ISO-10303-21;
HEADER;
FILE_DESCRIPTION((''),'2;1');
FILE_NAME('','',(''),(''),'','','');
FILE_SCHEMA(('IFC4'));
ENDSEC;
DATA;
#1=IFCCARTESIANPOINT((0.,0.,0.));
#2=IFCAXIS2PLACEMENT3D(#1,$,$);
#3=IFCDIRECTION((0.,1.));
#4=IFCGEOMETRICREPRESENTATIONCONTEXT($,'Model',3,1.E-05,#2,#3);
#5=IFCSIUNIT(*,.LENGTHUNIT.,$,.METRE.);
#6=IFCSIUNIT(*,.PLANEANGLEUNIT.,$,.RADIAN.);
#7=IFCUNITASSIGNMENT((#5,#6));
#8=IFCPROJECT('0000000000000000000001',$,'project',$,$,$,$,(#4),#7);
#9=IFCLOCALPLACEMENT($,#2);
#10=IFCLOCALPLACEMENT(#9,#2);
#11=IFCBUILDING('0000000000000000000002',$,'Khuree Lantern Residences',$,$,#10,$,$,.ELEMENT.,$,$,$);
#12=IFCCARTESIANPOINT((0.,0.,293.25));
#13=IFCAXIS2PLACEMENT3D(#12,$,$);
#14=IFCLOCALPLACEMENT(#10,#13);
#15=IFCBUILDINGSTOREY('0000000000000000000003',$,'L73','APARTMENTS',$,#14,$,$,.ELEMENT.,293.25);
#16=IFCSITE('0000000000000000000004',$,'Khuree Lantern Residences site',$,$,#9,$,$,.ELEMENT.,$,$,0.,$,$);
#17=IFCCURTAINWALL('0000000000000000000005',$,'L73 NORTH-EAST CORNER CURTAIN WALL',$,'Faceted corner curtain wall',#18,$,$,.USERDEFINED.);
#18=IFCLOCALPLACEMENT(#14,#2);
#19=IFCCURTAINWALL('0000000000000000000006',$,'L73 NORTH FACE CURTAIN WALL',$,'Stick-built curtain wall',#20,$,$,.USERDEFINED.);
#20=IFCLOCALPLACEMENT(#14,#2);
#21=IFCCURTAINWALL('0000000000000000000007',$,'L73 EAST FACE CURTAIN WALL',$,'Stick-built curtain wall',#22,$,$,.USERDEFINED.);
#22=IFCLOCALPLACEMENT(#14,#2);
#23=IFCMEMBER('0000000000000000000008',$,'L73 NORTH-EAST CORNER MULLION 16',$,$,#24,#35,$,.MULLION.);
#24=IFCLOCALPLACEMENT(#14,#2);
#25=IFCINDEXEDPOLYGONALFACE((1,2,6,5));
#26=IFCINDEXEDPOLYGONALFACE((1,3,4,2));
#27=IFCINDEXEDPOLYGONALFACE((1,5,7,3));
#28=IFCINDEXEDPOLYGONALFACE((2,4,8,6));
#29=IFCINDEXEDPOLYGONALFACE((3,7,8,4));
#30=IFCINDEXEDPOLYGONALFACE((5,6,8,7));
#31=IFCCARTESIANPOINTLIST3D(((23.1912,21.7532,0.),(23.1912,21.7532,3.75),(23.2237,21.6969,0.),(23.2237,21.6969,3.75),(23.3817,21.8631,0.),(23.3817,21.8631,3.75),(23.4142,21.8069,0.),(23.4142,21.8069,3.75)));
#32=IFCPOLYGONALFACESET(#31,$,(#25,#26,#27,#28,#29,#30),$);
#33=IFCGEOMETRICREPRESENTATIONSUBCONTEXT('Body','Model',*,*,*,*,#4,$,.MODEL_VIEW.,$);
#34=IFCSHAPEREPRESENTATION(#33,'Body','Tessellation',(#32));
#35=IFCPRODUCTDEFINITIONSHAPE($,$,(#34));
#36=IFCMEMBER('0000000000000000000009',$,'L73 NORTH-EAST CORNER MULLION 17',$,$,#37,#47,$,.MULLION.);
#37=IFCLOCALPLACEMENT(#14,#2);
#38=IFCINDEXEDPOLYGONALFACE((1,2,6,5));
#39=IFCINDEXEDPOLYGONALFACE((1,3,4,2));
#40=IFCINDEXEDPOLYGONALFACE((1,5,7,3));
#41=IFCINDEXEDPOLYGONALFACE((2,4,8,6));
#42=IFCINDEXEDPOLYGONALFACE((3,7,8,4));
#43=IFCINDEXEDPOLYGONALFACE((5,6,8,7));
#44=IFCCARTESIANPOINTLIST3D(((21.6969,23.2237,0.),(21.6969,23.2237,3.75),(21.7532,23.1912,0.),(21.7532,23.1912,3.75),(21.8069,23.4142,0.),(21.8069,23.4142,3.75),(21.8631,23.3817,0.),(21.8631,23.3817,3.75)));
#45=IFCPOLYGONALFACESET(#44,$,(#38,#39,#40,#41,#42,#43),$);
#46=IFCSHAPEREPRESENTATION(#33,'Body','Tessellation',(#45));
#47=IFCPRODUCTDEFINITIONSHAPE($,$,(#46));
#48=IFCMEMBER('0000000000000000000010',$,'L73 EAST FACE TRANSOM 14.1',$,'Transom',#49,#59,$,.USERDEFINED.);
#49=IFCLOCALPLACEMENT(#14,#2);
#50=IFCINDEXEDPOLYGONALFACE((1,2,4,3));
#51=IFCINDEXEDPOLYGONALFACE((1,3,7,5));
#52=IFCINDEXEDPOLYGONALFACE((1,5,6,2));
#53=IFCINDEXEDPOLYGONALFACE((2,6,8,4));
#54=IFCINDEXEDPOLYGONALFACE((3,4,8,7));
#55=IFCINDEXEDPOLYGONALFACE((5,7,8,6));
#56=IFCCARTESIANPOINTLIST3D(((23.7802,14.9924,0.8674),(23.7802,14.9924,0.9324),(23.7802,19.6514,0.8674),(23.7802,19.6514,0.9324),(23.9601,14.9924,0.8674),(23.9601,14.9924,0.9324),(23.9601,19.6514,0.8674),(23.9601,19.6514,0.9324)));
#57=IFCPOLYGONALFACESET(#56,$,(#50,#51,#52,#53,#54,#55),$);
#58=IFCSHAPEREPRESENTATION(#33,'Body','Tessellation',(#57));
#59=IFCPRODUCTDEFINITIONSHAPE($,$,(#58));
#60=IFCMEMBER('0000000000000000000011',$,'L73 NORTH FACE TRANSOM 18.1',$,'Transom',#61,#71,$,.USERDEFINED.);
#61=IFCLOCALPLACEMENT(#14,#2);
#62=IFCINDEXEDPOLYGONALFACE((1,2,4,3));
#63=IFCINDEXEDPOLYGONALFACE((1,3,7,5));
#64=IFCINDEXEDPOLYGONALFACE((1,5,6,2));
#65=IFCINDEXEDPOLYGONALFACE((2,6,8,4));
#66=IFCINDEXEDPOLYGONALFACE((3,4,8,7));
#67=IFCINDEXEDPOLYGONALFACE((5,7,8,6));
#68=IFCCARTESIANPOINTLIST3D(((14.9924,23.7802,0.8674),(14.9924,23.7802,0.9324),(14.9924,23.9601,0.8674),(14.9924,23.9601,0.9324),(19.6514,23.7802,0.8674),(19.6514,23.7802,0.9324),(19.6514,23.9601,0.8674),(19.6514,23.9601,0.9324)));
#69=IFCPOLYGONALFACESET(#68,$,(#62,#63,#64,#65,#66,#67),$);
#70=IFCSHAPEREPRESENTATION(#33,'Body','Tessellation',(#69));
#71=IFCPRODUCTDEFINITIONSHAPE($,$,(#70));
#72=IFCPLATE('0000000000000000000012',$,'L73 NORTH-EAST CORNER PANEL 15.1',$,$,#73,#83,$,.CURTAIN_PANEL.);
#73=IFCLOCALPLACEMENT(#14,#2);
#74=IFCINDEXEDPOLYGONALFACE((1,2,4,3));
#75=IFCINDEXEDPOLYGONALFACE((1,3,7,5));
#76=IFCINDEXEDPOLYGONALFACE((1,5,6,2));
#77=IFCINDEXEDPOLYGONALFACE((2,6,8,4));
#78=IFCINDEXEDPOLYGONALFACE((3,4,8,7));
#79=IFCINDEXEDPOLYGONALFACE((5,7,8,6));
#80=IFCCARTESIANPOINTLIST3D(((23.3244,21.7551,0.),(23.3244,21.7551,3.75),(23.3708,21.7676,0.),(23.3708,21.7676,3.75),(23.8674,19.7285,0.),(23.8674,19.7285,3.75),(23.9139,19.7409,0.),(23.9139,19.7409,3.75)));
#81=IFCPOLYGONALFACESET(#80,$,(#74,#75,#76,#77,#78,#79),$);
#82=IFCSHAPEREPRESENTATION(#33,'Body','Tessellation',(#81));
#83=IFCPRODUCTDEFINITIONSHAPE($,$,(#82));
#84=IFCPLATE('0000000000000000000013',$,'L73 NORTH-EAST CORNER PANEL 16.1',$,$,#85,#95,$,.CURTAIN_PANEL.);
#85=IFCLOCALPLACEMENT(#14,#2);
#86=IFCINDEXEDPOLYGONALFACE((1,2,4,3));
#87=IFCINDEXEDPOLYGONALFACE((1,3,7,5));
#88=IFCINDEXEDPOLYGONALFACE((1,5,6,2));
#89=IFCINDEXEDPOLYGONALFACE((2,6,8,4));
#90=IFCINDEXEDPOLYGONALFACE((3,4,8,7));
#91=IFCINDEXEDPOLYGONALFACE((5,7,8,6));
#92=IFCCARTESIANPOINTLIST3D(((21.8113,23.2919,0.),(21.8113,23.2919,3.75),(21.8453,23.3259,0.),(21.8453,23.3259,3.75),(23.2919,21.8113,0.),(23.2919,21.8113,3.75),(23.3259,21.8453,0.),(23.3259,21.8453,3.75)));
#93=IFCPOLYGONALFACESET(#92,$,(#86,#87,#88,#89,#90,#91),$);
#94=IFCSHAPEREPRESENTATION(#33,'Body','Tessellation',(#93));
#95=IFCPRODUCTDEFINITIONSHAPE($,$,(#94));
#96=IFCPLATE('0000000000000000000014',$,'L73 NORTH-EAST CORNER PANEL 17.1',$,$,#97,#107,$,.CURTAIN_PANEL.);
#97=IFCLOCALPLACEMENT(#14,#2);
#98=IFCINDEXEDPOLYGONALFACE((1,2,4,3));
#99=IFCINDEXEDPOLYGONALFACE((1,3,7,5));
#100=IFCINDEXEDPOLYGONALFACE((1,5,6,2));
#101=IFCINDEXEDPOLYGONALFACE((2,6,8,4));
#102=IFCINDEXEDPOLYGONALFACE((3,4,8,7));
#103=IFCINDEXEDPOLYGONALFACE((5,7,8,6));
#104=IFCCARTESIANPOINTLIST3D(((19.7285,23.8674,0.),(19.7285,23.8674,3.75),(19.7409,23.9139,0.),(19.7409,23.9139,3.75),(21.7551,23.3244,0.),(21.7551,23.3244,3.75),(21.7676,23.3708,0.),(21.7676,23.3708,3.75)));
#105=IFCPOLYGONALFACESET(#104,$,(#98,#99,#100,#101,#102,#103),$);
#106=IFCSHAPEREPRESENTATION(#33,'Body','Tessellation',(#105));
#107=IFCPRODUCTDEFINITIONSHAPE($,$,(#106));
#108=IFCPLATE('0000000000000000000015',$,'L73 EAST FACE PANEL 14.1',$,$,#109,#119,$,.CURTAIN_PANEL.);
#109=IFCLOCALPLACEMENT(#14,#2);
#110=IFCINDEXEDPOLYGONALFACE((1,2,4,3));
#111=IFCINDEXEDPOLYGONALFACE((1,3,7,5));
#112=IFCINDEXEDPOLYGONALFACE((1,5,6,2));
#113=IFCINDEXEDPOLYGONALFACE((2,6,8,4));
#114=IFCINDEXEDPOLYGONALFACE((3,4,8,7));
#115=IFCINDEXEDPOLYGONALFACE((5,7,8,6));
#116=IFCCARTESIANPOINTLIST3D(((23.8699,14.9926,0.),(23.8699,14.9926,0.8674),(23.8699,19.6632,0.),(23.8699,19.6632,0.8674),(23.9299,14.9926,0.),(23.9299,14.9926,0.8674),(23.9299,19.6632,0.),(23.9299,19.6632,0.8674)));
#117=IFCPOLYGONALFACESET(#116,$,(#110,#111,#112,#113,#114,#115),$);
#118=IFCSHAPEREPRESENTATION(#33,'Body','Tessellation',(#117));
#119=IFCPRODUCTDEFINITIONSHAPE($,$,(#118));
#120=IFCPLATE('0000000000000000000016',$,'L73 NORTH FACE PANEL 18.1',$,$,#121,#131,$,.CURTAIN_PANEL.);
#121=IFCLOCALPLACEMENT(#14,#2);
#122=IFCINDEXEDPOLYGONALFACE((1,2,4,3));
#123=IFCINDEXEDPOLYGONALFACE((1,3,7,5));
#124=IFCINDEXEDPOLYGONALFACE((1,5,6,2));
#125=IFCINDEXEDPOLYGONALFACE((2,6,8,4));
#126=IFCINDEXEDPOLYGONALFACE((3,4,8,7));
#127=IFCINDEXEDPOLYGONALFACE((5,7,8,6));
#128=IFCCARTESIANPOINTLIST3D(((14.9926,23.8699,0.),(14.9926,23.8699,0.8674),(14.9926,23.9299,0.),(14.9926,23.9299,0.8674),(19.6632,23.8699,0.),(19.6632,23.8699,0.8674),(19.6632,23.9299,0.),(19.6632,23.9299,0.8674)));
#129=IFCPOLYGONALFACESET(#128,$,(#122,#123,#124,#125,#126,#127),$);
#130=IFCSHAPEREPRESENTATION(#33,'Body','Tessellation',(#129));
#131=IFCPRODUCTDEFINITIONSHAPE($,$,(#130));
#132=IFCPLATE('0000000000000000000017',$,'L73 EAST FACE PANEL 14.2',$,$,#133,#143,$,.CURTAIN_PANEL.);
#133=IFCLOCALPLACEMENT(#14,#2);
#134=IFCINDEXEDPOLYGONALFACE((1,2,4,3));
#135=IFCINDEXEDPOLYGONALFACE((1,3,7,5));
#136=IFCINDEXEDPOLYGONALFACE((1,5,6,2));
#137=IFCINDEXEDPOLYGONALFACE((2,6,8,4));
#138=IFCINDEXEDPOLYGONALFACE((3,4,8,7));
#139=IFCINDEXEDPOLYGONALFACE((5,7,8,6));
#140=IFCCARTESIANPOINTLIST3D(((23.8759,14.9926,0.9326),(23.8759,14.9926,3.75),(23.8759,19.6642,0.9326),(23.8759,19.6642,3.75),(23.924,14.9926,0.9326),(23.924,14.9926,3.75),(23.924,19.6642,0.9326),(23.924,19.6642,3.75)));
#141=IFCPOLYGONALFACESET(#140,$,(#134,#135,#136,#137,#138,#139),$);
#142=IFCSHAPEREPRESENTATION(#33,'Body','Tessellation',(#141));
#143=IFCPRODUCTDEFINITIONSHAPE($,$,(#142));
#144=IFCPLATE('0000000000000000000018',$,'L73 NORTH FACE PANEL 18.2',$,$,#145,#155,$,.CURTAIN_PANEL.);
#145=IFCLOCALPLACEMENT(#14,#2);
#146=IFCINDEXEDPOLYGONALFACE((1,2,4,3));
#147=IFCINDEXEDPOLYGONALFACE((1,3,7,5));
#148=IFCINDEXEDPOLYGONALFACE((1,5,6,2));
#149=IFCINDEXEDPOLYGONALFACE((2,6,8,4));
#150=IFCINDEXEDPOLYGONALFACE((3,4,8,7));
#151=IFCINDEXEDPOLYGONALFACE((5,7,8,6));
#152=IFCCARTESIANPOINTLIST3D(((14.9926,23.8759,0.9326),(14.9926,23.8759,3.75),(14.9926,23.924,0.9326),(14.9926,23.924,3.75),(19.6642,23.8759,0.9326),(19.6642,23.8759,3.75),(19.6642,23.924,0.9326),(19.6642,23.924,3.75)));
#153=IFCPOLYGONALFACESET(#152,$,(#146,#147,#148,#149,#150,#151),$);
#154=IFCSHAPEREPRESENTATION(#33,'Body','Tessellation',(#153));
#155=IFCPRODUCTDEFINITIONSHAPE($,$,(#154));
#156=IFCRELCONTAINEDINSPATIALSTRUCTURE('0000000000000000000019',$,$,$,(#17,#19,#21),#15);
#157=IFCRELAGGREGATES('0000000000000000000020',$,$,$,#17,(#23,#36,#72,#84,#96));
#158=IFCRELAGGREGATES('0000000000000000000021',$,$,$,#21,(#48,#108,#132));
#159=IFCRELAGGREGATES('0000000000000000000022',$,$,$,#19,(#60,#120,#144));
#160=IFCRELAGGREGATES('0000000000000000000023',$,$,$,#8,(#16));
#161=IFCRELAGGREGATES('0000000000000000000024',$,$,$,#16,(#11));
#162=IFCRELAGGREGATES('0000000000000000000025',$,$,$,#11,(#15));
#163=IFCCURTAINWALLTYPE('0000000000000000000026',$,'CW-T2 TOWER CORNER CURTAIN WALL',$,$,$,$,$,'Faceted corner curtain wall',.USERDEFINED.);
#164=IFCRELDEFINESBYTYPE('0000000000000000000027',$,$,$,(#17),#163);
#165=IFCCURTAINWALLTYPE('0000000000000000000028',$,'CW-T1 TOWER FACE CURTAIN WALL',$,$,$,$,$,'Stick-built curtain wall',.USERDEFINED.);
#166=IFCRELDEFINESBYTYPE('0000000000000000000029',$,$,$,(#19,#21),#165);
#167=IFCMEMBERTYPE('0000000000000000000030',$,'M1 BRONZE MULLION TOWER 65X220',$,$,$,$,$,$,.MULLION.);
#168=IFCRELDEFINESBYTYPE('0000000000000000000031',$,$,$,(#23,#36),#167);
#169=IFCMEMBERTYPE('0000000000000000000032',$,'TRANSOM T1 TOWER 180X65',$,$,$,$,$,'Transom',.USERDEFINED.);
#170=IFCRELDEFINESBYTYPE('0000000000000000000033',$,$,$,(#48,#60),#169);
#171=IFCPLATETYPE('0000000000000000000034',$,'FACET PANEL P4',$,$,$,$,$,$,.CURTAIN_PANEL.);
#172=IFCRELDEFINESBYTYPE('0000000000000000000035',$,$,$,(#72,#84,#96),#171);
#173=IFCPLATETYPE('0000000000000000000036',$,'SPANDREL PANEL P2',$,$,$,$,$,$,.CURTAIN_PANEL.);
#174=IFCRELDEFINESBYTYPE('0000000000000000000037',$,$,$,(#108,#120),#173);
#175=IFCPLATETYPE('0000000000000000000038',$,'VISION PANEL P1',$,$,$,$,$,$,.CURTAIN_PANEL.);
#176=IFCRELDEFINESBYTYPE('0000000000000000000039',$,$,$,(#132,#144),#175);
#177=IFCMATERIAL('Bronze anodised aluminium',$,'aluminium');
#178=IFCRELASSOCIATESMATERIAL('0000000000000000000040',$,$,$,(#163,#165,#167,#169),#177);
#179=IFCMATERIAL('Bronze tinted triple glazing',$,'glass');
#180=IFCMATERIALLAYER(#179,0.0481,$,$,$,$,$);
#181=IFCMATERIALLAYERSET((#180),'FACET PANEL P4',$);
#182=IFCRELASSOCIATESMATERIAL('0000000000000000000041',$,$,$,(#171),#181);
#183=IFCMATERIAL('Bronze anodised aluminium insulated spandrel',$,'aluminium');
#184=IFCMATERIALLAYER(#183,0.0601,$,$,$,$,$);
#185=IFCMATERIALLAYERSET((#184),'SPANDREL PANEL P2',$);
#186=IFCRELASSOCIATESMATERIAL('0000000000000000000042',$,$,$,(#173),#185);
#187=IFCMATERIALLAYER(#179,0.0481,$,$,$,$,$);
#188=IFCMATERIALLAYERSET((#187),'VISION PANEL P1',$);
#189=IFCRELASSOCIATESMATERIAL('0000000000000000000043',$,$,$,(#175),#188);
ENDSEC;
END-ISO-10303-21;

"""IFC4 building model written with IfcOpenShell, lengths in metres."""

from ifc_helpers import new_model, si_unit, direction, frame, origin, origin_2d, place, context, subcontext, project, spatial, rectangle, extrude, material, layer, layer_set, material_profile, profile_set, type_object, element, aggregate, save


model = new_model("IFC4")

# Units and contexts
model_context = context("Model", 3, precision=1e-05, world=origin(), true_north=direction((0.0, 1.0)))
body_context = subcontext(model_context, "Body", "Model", "MODEL_VIEW")
ifc_project = project(units=[si_unit("LENGTHUNIT", "METRE"), si_unit("PLANEANGLEUNIT", "RADIAN")], contexts=[model_context])

# Site, building, storey
site_placement = place(None, origin())
site = spatial("IfcSite", under=ifc_project, at=site_placement, Name="Khuree Lantern Residences site", CompositionType="ELEMENT", RefElevation=0.0)
building_placement = place(site_placement, origin())
building = spatial("IfcBuilding", under=site, at=building_placement, Name="Khuree Lantern Residences", CompositionType="ELEMENT")
storey_placement = place(building_placement, frame((0.0, 0.0, 293.25)))
storey = spatial("IfcBuildingStorey", under=building, at=storey_placement, Name="L73", Description="APARTMENTS", CompositionType="ELEMENT", Elevation=293.25)

# Curtain walls
ifc_material_1 = material(Name="Bronze anodised aluminium", Category="aluminium")
curtain_wall_type_1 = type_object("IfcCurtainWallType", Name="CW-T2 TOWER CORNER CURTAIN WALL", ElementType="Faceted corner curtain wall", PredefinedType="USERDEFINED", material=ifc_material_1)
curtain_wall_1_placement = place(storey_placement, origin())
curtain_wall_1 = element("IfcCurtainWall", 1, at=curtain_wall_1_placement, inside=storey, type_object=curtain_wall_type_1, Name="L73 NORTH-EAST CORNER CURTAIN WALL", ObjectType="Faceted corner curtain wall", PredefinedType="USERDEFINED")
curtain_wall_type_2 = type_object("IfcCurtainWallType", Name="CW-T1 TOWER FACE CURTAIN WALL", ElementType="Stick-built curtain wall", PredefinedType="USERDEFINED", material=ifc_material_1)
curtain_wall_2_placement = place(storey_placement, origin())
curtain_wall_2 = element("IfcCurtainWall", 2, at=curtain_wall_2_placement, inside=storey, type_object=curtain_wall_type_2, Name="L73 NORTH FACE CURTAIN WALL", ObjectType="Stick-built curtain wall", PredefinedType="USERDEFINED")

# Curtain wall
curtain_wall_3_placement = place(storey_placement, origin())
curtain_wall_3 = element("IfcCurtainWall", 3, at=curtain_wall_3_placement, inside=storey, type_object=curtain_wall_type_2, Name="L73 EAST FACE CURTAIN WALL", ObjectType="Stick-built curtain wall", PredefinedType="USERDEFINED")
ifc_material_profile_1 = material_profile(ifc_material_1, rectangle(XDim=0.0649, YDim=0.22, at=origin_2d()), Name="M1 65X220")
ifc_profile_set_1 = profile_set([ifc_material_profile_1], Name="Bronze anodised aluminium")
member_type_1 = type_object("IfcMemberType", Name="M1 BRONZE MULLION TOWER 65X220", PredefinedType="MULLION", material=ifc_profile_set_1)

# Members
member_1_placement = place(storey_placement, frame((23.3027, 21.78, 0.0), z_axis=(0.0, 0.0, 1.0), x_axis=(-0.5, 0.866025, 0.0)))
member_1 = element("IfcMember", 4, at=member_1_placement, type_object=member_type_1, Name="L73 NORTH-EAST CORNER MULLION 16", PredefinedType="MULLION", context=body_context, shape_type="SweptSolid", body=[
    extrude(rectangle(XDim=0.0649, YDim=0.22, at=origin_2d()), origin(), (0.0, 0.0, 1.0), 3.75),
])
member_2_placement = place(storey_placement, frame((21.78, 23.3027, 0.0), z_axis=(0.0, 0.0, 1.0), x_axis=(-0.866025, 0.5, 0.0)))
member_2 = element("IfcMember", 5, at=member_2_placement, type_object=member_type_1, Name="L73 NORTH-EAST CORNER MULLION 17", PredefinedType="MULLION", context=body_context, shape_type="SweptSolid", body=[
    extrude(rectangle(XDim=0.0649, YDim=0.22, at=origin_2d()), origin(), (0.0, 0.0, 1.0), 3.75),
])
ifc_material_profile_2 = material_profile(ifc_material_1, rectangle(XDim=0.1799, YDim=0.0649, at=origin_2d()), Name="T1 180X65")
ifc_profile_set_2 = profile_set([ifc_material_profile_2], Name="Bronze anodised aluminium")
member_type_2 = type_object("IfcMemberType", Name="TRANSOM T1 TOWER 180X65", ElementType="Transom", PredefinedType="USERDEFINED", material=ifc_profile_set_2)
member_3_placement = place(storey_placement, frame((23.8701, 14.9924, 0.8999), z_axis=(0.0, 1.0, 0.0), x_axis=(-1.0, 0.0, 0.0)))
member_3 = element("IfcMember", 6, at=member_3_placement, type_object=member_type_2, Name="L73 EAST FACE TRANSOM 14.1", ObjectType="Transom", PredefinedType="USERDEFINED", context=body_context, shape_type="SweptSolid", body=[
    extrude(rectangle(XDim=0.1799, YDim=0.0649, at=origin_2d()), origin(), (0.0, 0.0, 1.0), 4.6589),
])
member_4_placement = place(storey_placement, frame((19.6514, 23.8701, 0.8999), z_axis=(-1.0, 0.0, 0.0), x_axis=(0.0, -1.0, 0.0)))
member_4 = element("IfcMember", 7, at=member_4_placement, type_object=member_type_2, Name="L73 NORTH FACE TRANSOM 18.1", ObjectType="Transom", PredefinedType="USERDEFINED", context=body_context, shape_type="SweptSolid", body=[
    extrude(rectangle(XDim=0.1799, YDim=0.0649, at=origin_2d()), origin(), (0.0, 0.0, 1.0), 4.6589),
])

# Plates
ifc_material_2 = material(Name="Bronze tinted triple glazing", Category="glass")
ifc_layer_1 = layer(ifc_material_2, 0.0481)
ifc_layer_set_1 = layer_set([ifc_layer_1], Name="FACET PANEL P4")
plate_type_1 = type_object("IfcPlateType", Name="FACET PANEL P4", PredefinedType="CURTAIN_PANEL", material=ifc_layer_set_1)
plate_1_placement = place(storey_placement, frame((23.6191, 20.748, 0.0), z_axis=(0.0, 0.0, 1.0), x_axis=(-0.258819, 0.965926, 0.0)))
plate_1 = element("IfcPlate", 8, at=plate_1_placement, type_object=plate_type_1, Name="L73 NORTH-EAST CORNER PANEL 15.1", PredefinedType="CURTAIN_PANEL", context=body_context, shape_type="SweptSolid", body=[
    extrude(rectangle(XDim=2.0981, YDim=0.0481, at=origin_2d()), origin(), (0.0, 0.0, 1.0), 3.75),
])
plate_2_placement = place(storey_placement, frame((22.5686, 22.5686, 0.0), z_axis=(0.0, 0.0, 1.0), x_axis=(-0.707107, 0.707107, 0.0)))
plate_2 = element("IfcPlate", 9, at=plate_2_placement, type_object=plate_type_1, Name="L73 NORTH-EAST CORNER PANEL 16.1", PredefinedType="CURTAIN_PANEL", context=body_context, shape_type="SweptSolid", body=[
    extrude(rectangle(XDim=2.094, YDim=0.0481, at=origin_2d()), origin(), (0.0, 0.0, 1.0), 3.75),
])
plate_3_placement = place(storey_placement, frame((20.748, 23.6191, 0.0), z_axis=(0.0, 0.0, 1.0), x_axis=(-0.965926, 0.258819, 0.0)))
plate_3 = element("IfcPlate", 10, at=plate_3_placement, type_object=plate_type_1, Name="L73 NORTH-EAST CORNER PANEL 17.1", PredefinedType="CURTAIN_PANEL", context=body_context, shape_type="SweptSolid", body=[
    extrude(rectangle(XDim=2.0981, YDim=0.0481, at=origin_2d()), origin(), (0.0, 0.0, 1.0), 3.75),
])
aggregate(curtain_wall_1, [member_1, member_2, plate_1, plate_2, plate_3])
ifc_material_3 = material(Name="Bronze anodised aluminium insulated spandrel", Category="aluminium")
ifc_layer_2 = layer(ifc_material_3, 0.0601)
ifc_layer_set_2 = layer_set([ifc_layer_2], Name="SPANDREL PANEL P2")
plate_type_2 = type_object("IfcPlateType", Name="SPANDREL PANEL P2", PredefinedType="CURTAIN_PANEL", material=ifc_layer_set_2)
plate_4_placement = place(storey_placement, frame((23.8999, 17.3279, 0.0), z_axis=(0.0, 0.0, 1.0), x_axis=(0.0, 1.0, 0.0)))
plate_4 = element("IfcPlate", 11, at=plate_4_placement, type_object=plate_type_2, Name="L73 EAST FACE PANEL 14.1", PredefinedType="CURTAIN_PANEL", context=body_context, shape_type="SweptSolid", body=[
    extrude(rectangle(XDim=4.6707, YDim=0.0601, at=origin_2d()), origin(), (0.0, 0.0, 1.0), 0.8674),
])
plate_5_placement = place(storey_placement, frame((17.3279, 23.8999, 0.0), z_axis=(0.0, 0.0, 1.0), x_axis=(-1.0, 0.0, 0.0)))
plate_5 = element("IfcPlate", 12, at=plate_5_placement, type_object=plate_type_2, Name="L73 NORTH FACE PANEL 18.1", PredefinedType="CURTAIN_PANEL", context=body_context, shape_type="SweptSolid", body=[
    extrude(rectangle(XDim=4.6707, YDim=0.0601, at=origin_2d()), origin(), (0.0, 0.0, 1.0), 0.8674),
])
ifc_layer_3 = layer(ifc_material_2, 0.0481)
ifc_layer_set_3 = layer_set([ifc_layer_3], Name="VISION PANEL P1")
plate_type_3 = type_object("IfcPlateType", Name="VISION PANEL P1", PredefinedType="CURTAIN_PANEL", material=ifc_layer_set_3)
plate_6_placement = place(storey_placement, frame((23.8999, 17.3284, 0.9326), z_axis=(0.0, 0.0, 1.0), x_axis=(0.0, 1.0, 0.0)))
plate_6 = element("IfcPlate", 13, at=plate_6_placement, type_object=plate_type_3, Name="L73 EAST FACE PANEL 14.2", PredefinedType="CURTAIN_PANEL", context=body_context, shape_type="SweptSolid", body=[
    extrude(rectangle(XDim=4.6716, YDim=0.0481, at=origin_2d()), origin(), (0.0, 0.0, 1.0), 2.8174),
])
aggregate(curtain_wall_3, [member_3, plate_4, plate_6])
plate_7_placement = place(storey_placement, frame((17.3284, 23.8999, 0.9326), z_axis=(0.0, 0.0, 1.0), x_axis=(-1.0, 0.0, 0.0)))
plate_7 = element("IfcPlate", 14, at=plate_7_placement, type_object=plate_type_3, Name="L73 NORTH FACE PANEL 18.2", PredefinedType="CURTAIN_PANEL", context=body_context, shape_type="SweptSolid", body=[
    extrude(rectangle(XDim=4.6716, YDim=0.0481, at=origin_2d()), origin(), (0.0, 0.0, 1.0), 2.8174),
])
aggregate(curtain_wall_2, [member_4, plate_5, plate_7])

save(model, "model.ifc")
